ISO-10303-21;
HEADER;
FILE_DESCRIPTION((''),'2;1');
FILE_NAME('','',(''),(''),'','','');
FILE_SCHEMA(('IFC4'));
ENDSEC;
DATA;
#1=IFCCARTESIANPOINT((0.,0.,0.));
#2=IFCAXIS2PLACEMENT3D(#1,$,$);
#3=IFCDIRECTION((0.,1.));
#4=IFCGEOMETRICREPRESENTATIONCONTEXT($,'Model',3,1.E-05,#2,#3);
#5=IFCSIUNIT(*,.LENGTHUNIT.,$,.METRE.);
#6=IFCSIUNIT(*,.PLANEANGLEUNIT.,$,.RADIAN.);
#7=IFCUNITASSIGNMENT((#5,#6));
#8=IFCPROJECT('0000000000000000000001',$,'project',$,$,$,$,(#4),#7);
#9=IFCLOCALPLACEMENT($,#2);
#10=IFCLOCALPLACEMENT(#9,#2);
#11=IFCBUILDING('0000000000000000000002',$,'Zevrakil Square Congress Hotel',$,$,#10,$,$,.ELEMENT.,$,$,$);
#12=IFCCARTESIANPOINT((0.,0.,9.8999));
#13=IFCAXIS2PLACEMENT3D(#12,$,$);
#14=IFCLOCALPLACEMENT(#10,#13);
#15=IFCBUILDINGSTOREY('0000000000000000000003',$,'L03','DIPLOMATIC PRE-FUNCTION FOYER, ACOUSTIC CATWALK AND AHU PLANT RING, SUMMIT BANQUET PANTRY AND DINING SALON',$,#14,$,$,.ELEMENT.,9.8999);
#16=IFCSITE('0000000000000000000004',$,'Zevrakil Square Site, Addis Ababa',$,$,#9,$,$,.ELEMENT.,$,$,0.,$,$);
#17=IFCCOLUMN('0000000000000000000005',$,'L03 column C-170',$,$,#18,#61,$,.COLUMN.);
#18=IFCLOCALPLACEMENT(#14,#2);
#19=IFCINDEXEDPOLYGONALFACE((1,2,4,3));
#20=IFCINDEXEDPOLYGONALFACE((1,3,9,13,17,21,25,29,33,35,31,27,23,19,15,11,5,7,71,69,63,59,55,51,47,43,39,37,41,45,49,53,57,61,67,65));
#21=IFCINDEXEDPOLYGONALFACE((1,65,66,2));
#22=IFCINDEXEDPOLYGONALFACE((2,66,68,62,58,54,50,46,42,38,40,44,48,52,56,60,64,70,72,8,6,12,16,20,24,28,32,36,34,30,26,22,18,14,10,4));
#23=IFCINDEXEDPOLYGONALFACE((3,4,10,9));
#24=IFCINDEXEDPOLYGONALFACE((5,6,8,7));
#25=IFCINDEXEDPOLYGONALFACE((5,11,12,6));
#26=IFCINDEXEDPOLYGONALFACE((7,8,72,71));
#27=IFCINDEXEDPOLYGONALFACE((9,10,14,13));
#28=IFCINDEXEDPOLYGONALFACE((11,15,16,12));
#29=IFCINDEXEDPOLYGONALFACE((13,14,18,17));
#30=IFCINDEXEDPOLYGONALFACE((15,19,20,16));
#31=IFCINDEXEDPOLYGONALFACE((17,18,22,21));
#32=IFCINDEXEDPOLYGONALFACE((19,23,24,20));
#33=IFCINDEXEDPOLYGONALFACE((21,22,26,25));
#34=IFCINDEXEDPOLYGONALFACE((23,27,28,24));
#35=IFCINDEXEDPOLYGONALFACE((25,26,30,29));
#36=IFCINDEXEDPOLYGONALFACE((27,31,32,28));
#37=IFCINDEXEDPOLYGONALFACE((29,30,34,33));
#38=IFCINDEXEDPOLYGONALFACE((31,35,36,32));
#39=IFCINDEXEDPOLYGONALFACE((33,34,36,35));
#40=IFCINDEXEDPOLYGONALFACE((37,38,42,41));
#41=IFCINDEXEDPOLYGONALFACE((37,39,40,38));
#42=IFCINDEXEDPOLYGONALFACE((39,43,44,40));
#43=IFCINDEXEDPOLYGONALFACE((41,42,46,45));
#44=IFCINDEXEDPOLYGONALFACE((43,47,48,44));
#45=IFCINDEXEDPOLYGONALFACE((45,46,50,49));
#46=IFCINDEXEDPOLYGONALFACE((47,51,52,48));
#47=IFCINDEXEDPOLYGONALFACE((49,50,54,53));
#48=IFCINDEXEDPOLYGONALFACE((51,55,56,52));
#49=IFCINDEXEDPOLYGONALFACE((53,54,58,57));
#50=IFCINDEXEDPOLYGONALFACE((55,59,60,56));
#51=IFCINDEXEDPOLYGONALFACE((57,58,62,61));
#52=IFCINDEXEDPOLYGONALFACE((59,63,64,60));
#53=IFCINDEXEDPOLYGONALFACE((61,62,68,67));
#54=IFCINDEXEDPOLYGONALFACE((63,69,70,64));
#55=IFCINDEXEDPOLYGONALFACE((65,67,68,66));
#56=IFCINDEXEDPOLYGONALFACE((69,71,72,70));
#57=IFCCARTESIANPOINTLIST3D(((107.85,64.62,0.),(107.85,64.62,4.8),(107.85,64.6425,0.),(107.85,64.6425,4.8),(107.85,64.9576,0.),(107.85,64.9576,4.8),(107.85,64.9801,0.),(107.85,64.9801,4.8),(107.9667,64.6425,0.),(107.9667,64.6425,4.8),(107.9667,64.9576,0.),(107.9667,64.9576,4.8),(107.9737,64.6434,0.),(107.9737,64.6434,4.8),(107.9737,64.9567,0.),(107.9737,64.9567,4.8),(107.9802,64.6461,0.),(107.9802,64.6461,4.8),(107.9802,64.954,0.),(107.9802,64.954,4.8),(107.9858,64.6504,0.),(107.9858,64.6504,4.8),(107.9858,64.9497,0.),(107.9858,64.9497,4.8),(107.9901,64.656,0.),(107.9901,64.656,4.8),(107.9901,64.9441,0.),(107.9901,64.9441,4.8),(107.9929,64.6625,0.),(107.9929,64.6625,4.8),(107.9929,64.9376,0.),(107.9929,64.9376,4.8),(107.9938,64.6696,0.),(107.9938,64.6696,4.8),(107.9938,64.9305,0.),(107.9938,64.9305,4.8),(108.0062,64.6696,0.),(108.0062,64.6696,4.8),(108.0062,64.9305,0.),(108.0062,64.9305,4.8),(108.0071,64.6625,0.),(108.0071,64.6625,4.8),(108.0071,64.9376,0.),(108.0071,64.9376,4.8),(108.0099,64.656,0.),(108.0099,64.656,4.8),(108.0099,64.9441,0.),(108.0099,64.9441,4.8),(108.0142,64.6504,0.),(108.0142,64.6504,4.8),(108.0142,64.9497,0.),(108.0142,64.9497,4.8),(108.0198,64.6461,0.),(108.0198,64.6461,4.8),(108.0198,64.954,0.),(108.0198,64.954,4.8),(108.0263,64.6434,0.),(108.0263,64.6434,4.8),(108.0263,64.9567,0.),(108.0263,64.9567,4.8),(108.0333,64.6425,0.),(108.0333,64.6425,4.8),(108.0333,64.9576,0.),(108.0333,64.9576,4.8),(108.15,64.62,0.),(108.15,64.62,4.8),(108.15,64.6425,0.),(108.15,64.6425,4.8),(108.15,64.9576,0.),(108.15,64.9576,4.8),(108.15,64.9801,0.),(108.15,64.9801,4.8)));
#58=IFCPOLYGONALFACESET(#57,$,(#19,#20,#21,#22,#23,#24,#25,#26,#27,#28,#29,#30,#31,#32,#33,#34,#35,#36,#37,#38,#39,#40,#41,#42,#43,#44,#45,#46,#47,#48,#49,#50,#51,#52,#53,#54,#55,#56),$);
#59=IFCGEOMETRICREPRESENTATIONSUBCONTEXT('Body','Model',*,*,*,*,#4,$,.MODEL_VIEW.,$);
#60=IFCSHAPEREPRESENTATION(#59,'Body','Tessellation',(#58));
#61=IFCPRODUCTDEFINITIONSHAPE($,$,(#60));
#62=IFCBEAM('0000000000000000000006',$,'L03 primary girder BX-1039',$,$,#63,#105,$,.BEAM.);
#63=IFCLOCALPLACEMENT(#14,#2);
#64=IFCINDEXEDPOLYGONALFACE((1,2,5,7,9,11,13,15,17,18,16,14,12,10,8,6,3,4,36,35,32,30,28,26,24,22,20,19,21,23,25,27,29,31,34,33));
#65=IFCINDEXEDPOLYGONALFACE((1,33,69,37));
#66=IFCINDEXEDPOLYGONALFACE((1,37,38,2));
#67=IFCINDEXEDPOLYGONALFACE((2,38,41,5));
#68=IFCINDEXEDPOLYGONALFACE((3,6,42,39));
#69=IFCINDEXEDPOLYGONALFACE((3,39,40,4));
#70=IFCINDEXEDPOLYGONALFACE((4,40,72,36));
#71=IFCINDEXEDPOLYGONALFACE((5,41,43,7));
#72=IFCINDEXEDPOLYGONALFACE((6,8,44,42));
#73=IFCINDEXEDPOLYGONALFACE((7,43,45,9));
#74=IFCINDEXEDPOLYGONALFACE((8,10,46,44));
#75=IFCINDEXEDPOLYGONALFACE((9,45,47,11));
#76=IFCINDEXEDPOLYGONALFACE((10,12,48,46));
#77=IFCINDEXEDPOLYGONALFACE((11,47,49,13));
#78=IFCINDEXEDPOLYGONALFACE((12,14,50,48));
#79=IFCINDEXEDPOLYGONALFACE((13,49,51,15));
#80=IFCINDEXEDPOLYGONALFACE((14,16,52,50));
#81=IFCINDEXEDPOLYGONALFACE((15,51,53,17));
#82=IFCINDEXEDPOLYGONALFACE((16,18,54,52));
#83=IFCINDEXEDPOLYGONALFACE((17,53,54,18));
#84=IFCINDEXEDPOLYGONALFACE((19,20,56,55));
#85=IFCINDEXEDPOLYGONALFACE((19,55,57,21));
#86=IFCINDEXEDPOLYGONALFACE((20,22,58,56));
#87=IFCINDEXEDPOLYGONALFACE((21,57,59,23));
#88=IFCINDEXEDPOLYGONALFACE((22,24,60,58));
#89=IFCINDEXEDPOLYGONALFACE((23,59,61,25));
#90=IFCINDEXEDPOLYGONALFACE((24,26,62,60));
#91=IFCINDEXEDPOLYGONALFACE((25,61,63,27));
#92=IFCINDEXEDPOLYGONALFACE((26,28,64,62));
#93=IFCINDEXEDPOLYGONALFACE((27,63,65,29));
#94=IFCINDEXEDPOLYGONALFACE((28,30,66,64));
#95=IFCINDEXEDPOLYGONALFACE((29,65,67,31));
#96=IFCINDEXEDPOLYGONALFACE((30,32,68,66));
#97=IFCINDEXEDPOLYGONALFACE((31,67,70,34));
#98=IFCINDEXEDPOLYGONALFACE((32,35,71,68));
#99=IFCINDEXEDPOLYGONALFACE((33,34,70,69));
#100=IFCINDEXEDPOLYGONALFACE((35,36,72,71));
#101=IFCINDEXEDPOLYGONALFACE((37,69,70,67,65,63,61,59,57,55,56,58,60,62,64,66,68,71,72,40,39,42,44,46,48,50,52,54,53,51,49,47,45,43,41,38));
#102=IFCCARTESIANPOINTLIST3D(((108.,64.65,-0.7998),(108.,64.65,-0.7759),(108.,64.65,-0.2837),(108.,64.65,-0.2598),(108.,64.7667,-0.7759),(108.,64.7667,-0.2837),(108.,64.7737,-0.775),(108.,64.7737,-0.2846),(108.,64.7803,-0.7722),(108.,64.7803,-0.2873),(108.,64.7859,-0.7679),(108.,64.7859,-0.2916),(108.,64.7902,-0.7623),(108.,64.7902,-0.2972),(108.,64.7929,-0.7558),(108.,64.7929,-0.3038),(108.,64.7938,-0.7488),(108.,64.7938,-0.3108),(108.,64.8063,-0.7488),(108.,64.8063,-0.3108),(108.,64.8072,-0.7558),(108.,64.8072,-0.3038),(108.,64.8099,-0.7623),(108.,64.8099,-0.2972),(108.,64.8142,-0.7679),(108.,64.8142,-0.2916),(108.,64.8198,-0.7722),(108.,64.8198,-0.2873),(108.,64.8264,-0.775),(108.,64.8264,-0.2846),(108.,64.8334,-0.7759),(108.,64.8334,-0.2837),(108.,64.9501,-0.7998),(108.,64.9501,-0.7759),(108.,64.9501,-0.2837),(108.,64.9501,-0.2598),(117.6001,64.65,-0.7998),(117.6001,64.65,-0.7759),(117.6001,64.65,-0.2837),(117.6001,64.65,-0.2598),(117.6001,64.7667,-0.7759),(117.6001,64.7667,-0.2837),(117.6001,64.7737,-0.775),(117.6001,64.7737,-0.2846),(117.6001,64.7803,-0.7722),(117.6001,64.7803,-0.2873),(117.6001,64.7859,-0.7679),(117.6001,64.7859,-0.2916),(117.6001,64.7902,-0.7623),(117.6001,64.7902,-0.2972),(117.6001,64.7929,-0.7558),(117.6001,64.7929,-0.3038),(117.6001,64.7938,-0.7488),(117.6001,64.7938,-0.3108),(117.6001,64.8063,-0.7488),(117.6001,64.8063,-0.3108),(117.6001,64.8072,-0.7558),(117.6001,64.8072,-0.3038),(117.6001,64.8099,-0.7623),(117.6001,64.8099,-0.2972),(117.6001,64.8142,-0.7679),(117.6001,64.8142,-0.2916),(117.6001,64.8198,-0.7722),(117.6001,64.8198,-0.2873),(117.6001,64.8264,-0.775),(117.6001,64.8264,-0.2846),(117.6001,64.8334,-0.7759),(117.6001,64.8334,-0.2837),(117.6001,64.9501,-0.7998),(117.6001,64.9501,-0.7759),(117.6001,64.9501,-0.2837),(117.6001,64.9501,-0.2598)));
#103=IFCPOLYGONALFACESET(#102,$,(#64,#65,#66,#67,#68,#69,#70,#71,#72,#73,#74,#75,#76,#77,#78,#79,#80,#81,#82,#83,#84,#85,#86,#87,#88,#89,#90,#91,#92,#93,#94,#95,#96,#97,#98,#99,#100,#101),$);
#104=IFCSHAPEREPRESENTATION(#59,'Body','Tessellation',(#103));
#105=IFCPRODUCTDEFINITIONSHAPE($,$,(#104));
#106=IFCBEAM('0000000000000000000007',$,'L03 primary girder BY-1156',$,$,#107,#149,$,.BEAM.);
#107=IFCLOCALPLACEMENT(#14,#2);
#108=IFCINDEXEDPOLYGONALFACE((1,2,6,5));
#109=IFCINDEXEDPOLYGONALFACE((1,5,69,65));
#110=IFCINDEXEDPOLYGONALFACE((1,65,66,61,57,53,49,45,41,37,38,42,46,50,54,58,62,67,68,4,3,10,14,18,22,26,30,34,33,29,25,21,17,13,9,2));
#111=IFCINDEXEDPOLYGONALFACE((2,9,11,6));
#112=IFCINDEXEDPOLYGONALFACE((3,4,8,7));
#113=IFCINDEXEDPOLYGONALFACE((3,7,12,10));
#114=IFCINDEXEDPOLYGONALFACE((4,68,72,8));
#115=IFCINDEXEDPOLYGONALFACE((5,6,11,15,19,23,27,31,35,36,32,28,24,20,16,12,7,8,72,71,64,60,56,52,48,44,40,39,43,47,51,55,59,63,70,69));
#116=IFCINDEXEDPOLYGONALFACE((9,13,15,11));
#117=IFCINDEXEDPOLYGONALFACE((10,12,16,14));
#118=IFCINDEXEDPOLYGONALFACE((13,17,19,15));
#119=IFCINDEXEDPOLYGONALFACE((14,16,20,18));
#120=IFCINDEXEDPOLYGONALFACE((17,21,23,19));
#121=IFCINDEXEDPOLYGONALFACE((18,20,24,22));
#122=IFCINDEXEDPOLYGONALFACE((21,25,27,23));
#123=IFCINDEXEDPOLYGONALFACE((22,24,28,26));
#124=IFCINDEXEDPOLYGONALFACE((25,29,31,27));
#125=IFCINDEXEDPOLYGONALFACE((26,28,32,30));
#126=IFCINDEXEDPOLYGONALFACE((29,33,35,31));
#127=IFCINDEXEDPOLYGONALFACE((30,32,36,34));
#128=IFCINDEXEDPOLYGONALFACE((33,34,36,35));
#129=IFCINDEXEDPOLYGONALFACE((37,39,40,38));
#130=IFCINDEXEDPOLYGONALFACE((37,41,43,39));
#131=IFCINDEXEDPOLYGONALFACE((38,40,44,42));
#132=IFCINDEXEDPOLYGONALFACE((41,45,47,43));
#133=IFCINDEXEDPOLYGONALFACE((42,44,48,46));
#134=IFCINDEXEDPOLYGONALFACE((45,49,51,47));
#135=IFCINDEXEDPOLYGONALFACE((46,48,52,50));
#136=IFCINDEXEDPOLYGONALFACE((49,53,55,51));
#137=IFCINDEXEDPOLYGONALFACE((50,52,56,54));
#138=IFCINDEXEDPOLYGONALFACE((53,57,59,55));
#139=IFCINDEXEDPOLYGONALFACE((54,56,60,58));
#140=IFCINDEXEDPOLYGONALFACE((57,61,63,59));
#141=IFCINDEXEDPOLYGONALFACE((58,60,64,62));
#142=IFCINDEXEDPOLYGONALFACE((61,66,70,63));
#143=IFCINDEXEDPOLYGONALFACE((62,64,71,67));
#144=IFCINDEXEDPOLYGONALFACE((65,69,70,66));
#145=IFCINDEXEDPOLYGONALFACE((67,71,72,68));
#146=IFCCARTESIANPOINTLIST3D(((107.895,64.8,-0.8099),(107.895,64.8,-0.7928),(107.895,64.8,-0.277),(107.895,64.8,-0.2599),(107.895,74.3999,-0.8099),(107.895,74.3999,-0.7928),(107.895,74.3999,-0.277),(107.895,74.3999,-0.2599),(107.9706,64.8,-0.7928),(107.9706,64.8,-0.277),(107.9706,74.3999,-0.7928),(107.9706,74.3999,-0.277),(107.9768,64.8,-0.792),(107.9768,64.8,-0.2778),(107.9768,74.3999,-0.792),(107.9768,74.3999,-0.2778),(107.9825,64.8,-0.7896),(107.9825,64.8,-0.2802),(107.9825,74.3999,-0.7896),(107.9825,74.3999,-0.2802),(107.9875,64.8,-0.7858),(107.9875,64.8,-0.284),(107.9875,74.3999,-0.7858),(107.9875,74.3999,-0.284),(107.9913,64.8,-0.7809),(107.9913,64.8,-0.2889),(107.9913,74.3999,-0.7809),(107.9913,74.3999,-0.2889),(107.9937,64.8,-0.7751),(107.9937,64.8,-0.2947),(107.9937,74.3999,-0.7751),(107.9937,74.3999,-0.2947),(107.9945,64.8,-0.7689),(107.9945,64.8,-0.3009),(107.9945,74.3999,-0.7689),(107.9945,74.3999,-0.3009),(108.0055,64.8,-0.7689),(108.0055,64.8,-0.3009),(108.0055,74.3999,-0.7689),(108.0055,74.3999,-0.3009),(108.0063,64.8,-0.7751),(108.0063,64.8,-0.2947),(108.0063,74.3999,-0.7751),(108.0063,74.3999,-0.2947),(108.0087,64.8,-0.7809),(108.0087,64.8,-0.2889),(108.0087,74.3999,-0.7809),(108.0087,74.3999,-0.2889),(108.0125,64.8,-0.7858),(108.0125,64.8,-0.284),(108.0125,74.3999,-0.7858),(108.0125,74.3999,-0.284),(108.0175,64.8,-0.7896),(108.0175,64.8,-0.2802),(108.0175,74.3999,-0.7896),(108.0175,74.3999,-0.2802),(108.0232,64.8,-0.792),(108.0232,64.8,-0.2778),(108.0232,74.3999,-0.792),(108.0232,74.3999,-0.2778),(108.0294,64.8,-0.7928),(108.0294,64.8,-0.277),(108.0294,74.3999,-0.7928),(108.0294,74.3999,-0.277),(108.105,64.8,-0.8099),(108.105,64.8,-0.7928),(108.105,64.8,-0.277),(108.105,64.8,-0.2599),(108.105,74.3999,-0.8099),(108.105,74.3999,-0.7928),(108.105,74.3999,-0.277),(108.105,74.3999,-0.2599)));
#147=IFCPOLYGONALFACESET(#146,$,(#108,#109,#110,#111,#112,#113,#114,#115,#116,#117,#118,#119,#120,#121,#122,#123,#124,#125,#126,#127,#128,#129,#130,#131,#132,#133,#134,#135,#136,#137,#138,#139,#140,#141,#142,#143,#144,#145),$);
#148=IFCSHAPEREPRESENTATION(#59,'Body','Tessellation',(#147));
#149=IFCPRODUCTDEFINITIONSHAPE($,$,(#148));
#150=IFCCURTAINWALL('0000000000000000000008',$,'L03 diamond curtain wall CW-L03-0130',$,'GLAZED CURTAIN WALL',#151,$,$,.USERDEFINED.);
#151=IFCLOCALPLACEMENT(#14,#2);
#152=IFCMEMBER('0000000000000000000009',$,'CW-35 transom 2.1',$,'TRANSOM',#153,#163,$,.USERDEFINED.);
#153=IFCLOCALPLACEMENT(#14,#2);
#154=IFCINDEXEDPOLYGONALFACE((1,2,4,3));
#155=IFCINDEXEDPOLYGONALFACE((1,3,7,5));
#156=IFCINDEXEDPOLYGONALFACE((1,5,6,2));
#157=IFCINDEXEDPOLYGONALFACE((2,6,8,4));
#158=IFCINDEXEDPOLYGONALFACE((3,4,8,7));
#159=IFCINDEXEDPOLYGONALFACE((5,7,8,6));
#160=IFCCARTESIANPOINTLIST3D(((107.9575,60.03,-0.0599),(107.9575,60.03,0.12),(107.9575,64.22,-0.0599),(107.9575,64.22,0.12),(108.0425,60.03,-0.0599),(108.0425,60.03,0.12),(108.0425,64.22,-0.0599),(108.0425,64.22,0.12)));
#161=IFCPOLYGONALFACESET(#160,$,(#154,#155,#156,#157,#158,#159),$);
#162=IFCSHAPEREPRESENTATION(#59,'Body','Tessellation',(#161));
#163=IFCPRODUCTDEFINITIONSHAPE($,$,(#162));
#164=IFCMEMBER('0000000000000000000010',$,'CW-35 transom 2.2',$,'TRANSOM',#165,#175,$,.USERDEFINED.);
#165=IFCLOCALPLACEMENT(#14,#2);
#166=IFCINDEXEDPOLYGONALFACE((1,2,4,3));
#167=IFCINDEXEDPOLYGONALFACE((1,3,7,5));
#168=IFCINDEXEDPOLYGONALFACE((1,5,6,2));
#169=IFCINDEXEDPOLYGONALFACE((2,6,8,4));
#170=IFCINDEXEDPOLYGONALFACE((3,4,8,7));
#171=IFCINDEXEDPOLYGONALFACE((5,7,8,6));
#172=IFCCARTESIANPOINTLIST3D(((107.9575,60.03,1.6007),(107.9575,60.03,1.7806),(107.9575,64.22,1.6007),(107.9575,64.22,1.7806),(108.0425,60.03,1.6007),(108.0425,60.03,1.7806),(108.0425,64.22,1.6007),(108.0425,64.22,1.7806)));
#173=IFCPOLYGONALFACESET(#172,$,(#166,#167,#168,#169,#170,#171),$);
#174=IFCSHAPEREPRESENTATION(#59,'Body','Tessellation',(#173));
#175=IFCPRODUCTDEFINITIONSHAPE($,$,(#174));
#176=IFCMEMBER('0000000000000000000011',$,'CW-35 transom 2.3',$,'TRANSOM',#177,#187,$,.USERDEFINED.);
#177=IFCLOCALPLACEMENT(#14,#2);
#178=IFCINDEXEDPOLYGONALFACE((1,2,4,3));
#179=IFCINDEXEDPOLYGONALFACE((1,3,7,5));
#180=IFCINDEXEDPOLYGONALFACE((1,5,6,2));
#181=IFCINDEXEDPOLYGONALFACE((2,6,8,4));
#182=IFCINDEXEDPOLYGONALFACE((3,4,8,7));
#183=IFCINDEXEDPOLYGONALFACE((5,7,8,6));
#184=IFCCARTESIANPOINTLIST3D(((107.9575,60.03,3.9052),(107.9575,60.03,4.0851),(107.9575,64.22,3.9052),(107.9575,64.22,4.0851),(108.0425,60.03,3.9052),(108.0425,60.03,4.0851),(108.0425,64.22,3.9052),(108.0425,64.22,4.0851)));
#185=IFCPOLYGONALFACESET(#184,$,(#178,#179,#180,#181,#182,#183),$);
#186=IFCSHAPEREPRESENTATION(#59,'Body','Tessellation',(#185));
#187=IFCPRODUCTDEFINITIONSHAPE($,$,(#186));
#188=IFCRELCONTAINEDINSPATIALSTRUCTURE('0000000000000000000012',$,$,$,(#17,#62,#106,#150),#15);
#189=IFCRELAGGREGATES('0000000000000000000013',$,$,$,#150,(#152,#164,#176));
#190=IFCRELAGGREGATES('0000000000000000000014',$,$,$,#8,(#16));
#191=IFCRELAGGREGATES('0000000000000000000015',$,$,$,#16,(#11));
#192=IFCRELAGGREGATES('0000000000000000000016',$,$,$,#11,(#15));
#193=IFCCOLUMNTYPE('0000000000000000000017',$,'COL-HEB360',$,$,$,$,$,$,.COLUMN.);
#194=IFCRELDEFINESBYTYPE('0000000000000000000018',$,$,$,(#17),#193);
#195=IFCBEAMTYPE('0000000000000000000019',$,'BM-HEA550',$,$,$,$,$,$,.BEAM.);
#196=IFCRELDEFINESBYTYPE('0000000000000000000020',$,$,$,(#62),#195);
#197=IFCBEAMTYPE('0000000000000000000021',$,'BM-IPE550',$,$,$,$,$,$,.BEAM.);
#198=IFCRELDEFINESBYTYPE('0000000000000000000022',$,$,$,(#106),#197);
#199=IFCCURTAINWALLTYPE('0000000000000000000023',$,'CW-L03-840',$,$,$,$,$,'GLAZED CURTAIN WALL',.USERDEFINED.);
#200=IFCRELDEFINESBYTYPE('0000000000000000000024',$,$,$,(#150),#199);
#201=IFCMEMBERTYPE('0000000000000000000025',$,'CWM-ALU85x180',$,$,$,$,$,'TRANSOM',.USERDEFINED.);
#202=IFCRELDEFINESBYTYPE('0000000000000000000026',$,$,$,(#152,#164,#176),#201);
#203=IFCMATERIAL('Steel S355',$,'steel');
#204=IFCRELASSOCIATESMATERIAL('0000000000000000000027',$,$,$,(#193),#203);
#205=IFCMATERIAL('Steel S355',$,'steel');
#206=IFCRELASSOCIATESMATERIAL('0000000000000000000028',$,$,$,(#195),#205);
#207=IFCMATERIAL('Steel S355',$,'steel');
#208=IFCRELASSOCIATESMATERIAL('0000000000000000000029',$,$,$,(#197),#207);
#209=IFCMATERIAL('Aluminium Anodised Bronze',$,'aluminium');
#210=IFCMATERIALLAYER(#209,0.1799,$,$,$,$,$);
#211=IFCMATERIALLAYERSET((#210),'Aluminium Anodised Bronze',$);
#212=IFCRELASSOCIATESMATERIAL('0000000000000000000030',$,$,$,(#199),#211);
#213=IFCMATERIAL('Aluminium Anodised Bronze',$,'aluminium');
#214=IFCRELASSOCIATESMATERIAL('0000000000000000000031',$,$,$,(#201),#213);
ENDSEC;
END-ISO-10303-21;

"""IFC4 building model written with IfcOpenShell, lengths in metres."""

from ifc_helpers import new_model, si_unit, direction, frame, origin, origin_2d, place, context, subcontext, project, spatial, rectangle, i_section, extrude, material, layer, layer_set, material_profile, profile_set, type_object, element, aggregate, save


model = new_model("IFC4")

# Units and contexts
model_context = context("Model", 3, precision=1e-05, world=origin(), true_north=direction((0.0, 1.0)))
body_context = subcontext(model_context, "Body", "Model", "MODEL_VIEW")
ifc_project = project(units=[si_unit("LENGTHUNIT", "METRE"), si_unit("PLANEANGLEUNIT", "RADIAN")], contexts=[model_context])

# Site, building, storey
site_placement = place(None, origin())
site = spatial("IfcSite", under=ifc_project, at=site_placement, Name="Zevrakil Square Site, Addis Ababa", CompositionType="ELEMENT", RefElevation=0.0)
building_placement = place(site_placement, origin())
building = spatial("IfcBuilding", under=site, at=building_placement, Name="Zevrakil Square Congress Hotel", CompositionType="ELEMENT")
storey_placement = place(building_placement, frame((0.0, 0.0, 9.8999)))
storey = spatial("IfcBuildingStorey", under=building, at=storey_placement, Name="L03", Description="DIPLOMATIC PRE-FUNCTION FOYER, ACOUSTIC CATWALK AND AHU PLANT RING, SUMMIT BANQUET PANTRY AND DINING SALON", CompositionType="ELEMENT", Elevation=9.8999)

# Column
ifc_material_1 = material(Name="Steel S355", Category="steel")
ifc_material_profile_1 = material_profile(ifc_material_1, i_section(OverallWidth=0.3, OverallDepth=0.3601, WebThickness=0.0125, FlangeThickness=0.0225, FilletRadius=0.0271, at=origin_2d()), Name="HEB 360")
ifc_profile_set_1 = profile_set([ifc_material_profile_1], Name="Steel S355")
column_type = type_object("IfcColumnType", Name="COL-HEB360", PredefinedType="COLUMN", material=ifc_profile_set_1)
column_placement = place(storey_placement, frame((108.0, 64.8, 0.0), z_axis=(0.0, 0.0, 1.0), x_axis=(1.0, 0.0, 0.0)))
element("IfcColumn", 1, at=column_placement, inside=storey, type_object=column_type, Name="L03 column C-170", PredefinedType="COLUMN", context=body_context, shape_type="SweptSolid", body=[
    extrude(i_section(OverallWidth=0.3, OverallDepth=0.3601, WebThickness=0.0125, FlangeThickness=0.0225, FilletRadius=0.0271, at=origin_2d()), origin(), (0.0, 0.0, 1.0), 4.8),
])

# Beams
ifc_material_2 = material(Name="Steel S355", Category="steel")
ifc_material_profile_2 = material_profile(ifc_material_2, i_section(OverallWidth=0.3, OverallDepth=0.54, WebThickness=0.0125, FlangeThickness=0.0239, FilletRadius=0.0271, at=origin_2d()), Name="HEA 550")
ifc_profile_set_2 = profile_set([ifc_material_profile_2], Name="Steel S355")
beam_type_1 = type_object("IfcBeamType", Name="BM-HEA550", PredefinedType="BEAM", material=ifc_profile_set_2)
beam_1_placement = place(storey_placement, frame((108.0, 64.8, -0.5298), z_axis=(1.0, 0.0, 0.0), x_axis=(0.0, 1.0, 0.0)))
element("IfcBeam", 2, at=beam_1_placement, inside=storey, type_object=beam_type_1, Name="L03 primary girder BX-1039", PredefinedType="BEAM", context=body_context, shape_type="SweptSolid", body=[
    extrude(i_section(OverallWidth=0.3, OverallDepth=0.54, WebThickness=0.0125, FlangeThickness=0.0239, FilletRadius=0.0271, at=origin_2d()), origin(), (0.0, 0.0, 1.0), 9.6001),
])
ifc_material_3 = material(Name="Steel S355", Category="steel")
ifc_material_profile_3 = material_profile(ifc_material_3, i_section(OverallWidth=0.21, OverallDepth=0.55, WebThickness=0.011, FlangeThickness=0.0171, FilletRadius=0.0239, at=origin_2d()), Name="IPE 550")
ifc_profile_set_3 = profile_set([ifc_material_profile_3], Name="Steel S355")
beam_type_2 = type_object("IfcBeamType", Name="BM-IPE550", PredefinedType="BEAM", material=ifc_profile_set_3)
beam_2_placement = place(storey_placement, frame((108.0, 64.8, -0.5349), z_axis=(0.0, 1.0, 0.0), x_axis=(-1.0, 0.0, 0.0)))
element("IfcBeam", 3, at=beam_2_placement, inside=storey, type_object=beam_type_2, Name="L03 primary girder BY-1156", PredefinedType="BEAM", context=body_context, shape_type="SweptSolid", body=[
    extrude(i_section(OverallWidth=0.21, OverallDepth=0.55, WebThickness=0.011, FlangeThickness=0.0171, FilletRadius=0.0239, at=origin_2d()), origin(), (0.0, 0.0, 1.0), 9.5999),
])

# Curtain wall, members
ifc_material_4 = material(Name="Aluminium Anodised Bronze", Category="aluminium")
ifc_layer_1 = layer(ifc_material_4, 0.1799)
ifc_layer_set_1 = layer_set([ifc_layer_1], Name="Aluminium Anodised Bronze")
curtain_wall_type = type_object("IfcCurtainWallType", Name="CW-L03-840", ElementType="GLAZED CURTAIN WALL", PredefinedType="USERDEFINED", material=ifc_layer_set_1)
curtain_wall_1_placement = place(storey_placement, origin())
curtain_wall_1 = element("IfcCurtainWall", 4, at=curtain_wall_1_placement, inside=storey, type_object=curtain_wall_type, Name="L03 diamond curtain wall CW-L03-0130", ObjectType="GLAZED CURTAIN WALL", PredefinedType="USERDEFINED")
ifc_material_5 = material(Name="Aluminium Anodised Bronze", Category="aluminium")
ifc_material_profile_4 = material_profile(ifc_material_5, rectangle(XDim=0.085, YDim=0.1799, at=origin_2d()), Name="ALU 85x180")
ifc_profile_set_4 = profile_set([ifc_material_profile_4], Name="Aluminium Anodised Bronze")
member_type_1 = type_object("IfcMemberType", Name="CWM-ALU85x180", ElementType="TRANSOM", PredefinedType="USERDEFINED", material=ifc_profile_set_4)
member_1_placement = place(storey_placement, frame((108.0, 60.03, 0.03), z_axis=(0.0, 1.0, 0.0), x_axis=(-1.0, 0.0, 0.0)))
member_1 = element("IfcMember", 5, at=member_1_placement, type_object=member_type_1, Name="CW-35 transom 2.1", ObjectType="TRANSOM", PredefinedType="USERDEFINED", context=body_context, shape_type="SweptSolid", body=[
    extrude(rectangle(XDim=0.085, YDim=0.1799, at=origin_2d()), origin(), (0.0, 0.0, 1.0), 4.1899),
])
member_2_placement = place(storey_placement, frame((108.0, 60.03, 1.6907), z_axis=(0.0, 1.0, 0.0), x_axis=(-1.0, 0.0, 0.0)))
member_2 = element("IfcMember", 6, at=member_2_placement, type_object=member_type_1, Name="CW-35 transom 2.2", ObjectType="TRANSOM", PredefinedType="USERDEFINED", context=body_context, shape_type="SweptSolid", body=[
    extrude(rectangle(XDim=0.085, YDim=0.1799, at=origin_2d()), origin(), (0.0, 0.0, 1.0), 4.1899),
])
member_3_placement = place(storey_placement, frame((108.0, 60.03, 3.9951), z_axis=(0.0, 1.0, 0.0), x_axis=(-1.0, 0.0, 0.0)))
member_3 = element("IfcMember", 7, at=member_3_placement, type_object=member_type_1, Name="CW-35 transom 2.3", ObjectType="TRANSOM", PredefinedType="USERDEFINED", context=body_context, shape_type="SweptSolid", body=[
    extrude(rectangle(XDim=0.085, YDim=0.1799, at=origin_2d()), origin(), (0.0, 0.0, 1.0), 4.1899),
])

aggregate(curtain_wall_1, [member_1, member_2, member_3])

save(model, "model.ifc")
